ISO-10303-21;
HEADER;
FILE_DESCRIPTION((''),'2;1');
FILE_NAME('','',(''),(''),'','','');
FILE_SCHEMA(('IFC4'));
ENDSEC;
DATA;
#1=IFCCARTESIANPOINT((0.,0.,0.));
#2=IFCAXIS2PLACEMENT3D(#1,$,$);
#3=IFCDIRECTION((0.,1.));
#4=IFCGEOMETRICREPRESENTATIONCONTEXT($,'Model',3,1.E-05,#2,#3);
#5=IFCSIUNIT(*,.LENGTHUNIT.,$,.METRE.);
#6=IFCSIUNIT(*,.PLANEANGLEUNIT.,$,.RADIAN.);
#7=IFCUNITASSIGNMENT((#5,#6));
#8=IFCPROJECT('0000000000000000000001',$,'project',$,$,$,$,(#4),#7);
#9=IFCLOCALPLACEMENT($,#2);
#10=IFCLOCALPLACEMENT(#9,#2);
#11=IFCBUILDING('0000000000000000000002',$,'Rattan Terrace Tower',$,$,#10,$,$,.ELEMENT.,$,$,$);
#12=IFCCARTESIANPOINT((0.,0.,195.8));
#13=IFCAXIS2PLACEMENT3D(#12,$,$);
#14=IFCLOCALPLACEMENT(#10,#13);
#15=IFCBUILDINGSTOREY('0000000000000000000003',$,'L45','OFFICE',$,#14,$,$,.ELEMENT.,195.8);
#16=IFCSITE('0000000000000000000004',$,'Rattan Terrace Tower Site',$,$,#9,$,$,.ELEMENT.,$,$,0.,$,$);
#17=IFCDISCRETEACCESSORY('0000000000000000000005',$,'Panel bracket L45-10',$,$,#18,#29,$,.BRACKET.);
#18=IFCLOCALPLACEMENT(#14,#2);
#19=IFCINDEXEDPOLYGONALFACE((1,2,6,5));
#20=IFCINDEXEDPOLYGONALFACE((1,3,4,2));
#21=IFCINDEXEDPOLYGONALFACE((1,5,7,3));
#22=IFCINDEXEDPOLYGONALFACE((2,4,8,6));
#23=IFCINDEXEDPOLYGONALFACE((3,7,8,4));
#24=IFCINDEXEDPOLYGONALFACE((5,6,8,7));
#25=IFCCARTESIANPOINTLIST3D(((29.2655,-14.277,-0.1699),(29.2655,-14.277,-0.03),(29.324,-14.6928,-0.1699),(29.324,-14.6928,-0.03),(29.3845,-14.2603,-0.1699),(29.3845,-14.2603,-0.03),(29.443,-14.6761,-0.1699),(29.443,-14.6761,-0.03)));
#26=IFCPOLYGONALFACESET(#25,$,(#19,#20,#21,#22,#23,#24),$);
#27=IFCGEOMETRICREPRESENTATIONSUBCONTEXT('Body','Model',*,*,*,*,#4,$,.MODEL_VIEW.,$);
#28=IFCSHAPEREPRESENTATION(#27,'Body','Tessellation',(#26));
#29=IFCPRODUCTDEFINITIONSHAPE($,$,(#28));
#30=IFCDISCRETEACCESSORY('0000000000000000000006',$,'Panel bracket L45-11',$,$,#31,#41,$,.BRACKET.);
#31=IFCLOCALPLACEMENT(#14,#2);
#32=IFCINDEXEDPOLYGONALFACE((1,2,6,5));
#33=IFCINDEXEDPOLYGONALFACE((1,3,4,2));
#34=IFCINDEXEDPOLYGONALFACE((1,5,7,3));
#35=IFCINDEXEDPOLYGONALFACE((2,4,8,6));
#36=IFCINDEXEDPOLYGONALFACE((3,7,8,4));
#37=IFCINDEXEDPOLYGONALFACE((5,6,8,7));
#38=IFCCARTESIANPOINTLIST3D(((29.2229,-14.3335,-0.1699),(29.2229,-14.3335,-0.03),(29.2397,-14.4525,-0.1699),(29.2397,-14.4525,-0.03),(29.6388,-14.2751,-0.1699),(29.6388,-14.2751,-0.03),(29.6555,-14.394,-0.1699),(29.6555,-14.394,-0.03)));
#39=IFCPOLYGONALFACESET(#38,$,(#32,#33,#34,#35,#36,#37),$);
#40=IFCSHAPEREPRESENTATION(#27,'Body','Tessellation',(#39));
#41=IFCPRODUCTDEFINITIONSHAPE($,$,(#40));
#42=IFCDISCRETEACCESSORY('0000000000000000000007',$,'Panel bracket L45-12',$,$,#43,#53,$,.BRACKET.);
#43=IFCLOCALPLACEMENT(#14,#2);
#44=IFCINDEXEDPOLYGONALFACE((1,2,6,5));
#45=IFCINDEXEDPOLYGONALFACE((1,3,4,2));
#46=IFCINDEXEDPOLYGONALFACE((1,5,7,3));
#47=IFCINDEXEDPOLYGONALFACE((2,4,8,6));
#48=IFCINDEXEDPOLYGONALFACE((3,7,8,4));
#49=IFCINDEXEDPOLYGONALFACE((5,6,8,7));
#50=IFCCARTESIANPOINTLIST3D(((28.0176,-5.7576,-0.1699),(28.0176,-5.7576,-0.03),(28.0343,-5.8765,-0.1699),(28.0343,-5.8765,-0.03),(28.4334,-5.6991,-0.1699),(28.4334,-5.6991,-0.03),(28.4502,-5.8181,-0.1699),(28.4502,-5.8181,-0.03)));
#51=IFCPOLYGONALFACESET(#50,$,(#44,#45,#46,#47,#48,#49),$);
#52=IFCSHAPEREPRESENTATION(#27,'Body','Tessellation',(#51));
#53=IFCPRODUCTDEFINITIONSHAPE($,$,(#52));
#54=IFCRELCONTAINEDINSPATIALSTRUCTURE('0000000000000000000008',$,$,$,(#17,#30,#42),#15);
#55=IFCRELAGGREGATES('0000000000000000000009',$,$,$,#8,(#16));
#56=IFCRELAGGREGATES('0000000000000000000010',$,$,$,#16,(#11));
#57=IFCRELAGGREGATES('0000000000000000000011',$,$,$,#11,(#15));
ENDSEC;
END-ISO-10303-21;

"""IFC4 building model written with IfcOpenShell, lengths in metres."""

from ifc_helpers import new_model, si_unit, direction, frame, origin, origin_2d, place, context, subcontext, project, spatial, rectangle, extrude, element, save


model = new_model("IFC4")

# Units and contexts
model_context = context("Model", 3, precision=1e-05, world=origin(), true_north=direction((0.0, 1.0)))
body_context = subcontext(model_context, "Body", "Model", "MODEL_VIEW")
ifc_project = project(units=[si_unit("LENGTHUNIT", "METRE"), si_unit("PLANEANGLEUNIT", "RADIAN")], contexts=[model_context])

# Site, building, storey
site_placement = place(None, origin())
site = spatial("IfcSite", under=ifc_project, at=site_placement, Name="Rattan Terrace Tower Site", CompositionType="ELEMENT", RefElevation=0.0)
building_placement = place(site_placement, origin())
building = spatial("IfcBuilding", under=site, at=building_placement, Name="Rattan Terrace Tower", CompositionType="ELEMENT")
storey_placement = place(building_placement, frame((0.0, 0.0, 195.8)))
storey = spatial("IfcBuildingStorey", under=building, at=storey_placement, Name="L45", Description="OFFICE", CompositionType="ELEMENT", Elevation=195.8)

# Discrete accessories
for number, where, z_axis, x_axis, name in (
    (1, (29.3542, -14.4766, -0.1699), (0.0, 0.0, 1.0), (0.990254, 0.139275, 0.0), "Panel bracket L45-10"),
    (2, (29.4392, -14.3638, -0.1699), (0.0, 0.0, 1.0), (-0.139191, 0.990266, 0.0), "Panel bracket L45-11"),
    (3, (28.2339, -5.7878, -0.1699), (0.0, 0.0, 1.0), (-0.139191, 0.990266, 0.0), "Panel bracket L45-12"),
):
    element("IfcDiscreteAccessory", number, at=place(storey_placement, frame(where, z_axis=z_axis, x_axis=x_axis)), inside=storey, Name=name, PredefinedType="BRACKET", context=body_context, shape_type="SweptSolid", body=[
        extrude(rectangle(XDim=0.1201, YDim=0.4199, at=origin_2d()), origin(), (0.0, 0.0, 1.0), 0.1399),
    ])

save(model, "model.ifc")
